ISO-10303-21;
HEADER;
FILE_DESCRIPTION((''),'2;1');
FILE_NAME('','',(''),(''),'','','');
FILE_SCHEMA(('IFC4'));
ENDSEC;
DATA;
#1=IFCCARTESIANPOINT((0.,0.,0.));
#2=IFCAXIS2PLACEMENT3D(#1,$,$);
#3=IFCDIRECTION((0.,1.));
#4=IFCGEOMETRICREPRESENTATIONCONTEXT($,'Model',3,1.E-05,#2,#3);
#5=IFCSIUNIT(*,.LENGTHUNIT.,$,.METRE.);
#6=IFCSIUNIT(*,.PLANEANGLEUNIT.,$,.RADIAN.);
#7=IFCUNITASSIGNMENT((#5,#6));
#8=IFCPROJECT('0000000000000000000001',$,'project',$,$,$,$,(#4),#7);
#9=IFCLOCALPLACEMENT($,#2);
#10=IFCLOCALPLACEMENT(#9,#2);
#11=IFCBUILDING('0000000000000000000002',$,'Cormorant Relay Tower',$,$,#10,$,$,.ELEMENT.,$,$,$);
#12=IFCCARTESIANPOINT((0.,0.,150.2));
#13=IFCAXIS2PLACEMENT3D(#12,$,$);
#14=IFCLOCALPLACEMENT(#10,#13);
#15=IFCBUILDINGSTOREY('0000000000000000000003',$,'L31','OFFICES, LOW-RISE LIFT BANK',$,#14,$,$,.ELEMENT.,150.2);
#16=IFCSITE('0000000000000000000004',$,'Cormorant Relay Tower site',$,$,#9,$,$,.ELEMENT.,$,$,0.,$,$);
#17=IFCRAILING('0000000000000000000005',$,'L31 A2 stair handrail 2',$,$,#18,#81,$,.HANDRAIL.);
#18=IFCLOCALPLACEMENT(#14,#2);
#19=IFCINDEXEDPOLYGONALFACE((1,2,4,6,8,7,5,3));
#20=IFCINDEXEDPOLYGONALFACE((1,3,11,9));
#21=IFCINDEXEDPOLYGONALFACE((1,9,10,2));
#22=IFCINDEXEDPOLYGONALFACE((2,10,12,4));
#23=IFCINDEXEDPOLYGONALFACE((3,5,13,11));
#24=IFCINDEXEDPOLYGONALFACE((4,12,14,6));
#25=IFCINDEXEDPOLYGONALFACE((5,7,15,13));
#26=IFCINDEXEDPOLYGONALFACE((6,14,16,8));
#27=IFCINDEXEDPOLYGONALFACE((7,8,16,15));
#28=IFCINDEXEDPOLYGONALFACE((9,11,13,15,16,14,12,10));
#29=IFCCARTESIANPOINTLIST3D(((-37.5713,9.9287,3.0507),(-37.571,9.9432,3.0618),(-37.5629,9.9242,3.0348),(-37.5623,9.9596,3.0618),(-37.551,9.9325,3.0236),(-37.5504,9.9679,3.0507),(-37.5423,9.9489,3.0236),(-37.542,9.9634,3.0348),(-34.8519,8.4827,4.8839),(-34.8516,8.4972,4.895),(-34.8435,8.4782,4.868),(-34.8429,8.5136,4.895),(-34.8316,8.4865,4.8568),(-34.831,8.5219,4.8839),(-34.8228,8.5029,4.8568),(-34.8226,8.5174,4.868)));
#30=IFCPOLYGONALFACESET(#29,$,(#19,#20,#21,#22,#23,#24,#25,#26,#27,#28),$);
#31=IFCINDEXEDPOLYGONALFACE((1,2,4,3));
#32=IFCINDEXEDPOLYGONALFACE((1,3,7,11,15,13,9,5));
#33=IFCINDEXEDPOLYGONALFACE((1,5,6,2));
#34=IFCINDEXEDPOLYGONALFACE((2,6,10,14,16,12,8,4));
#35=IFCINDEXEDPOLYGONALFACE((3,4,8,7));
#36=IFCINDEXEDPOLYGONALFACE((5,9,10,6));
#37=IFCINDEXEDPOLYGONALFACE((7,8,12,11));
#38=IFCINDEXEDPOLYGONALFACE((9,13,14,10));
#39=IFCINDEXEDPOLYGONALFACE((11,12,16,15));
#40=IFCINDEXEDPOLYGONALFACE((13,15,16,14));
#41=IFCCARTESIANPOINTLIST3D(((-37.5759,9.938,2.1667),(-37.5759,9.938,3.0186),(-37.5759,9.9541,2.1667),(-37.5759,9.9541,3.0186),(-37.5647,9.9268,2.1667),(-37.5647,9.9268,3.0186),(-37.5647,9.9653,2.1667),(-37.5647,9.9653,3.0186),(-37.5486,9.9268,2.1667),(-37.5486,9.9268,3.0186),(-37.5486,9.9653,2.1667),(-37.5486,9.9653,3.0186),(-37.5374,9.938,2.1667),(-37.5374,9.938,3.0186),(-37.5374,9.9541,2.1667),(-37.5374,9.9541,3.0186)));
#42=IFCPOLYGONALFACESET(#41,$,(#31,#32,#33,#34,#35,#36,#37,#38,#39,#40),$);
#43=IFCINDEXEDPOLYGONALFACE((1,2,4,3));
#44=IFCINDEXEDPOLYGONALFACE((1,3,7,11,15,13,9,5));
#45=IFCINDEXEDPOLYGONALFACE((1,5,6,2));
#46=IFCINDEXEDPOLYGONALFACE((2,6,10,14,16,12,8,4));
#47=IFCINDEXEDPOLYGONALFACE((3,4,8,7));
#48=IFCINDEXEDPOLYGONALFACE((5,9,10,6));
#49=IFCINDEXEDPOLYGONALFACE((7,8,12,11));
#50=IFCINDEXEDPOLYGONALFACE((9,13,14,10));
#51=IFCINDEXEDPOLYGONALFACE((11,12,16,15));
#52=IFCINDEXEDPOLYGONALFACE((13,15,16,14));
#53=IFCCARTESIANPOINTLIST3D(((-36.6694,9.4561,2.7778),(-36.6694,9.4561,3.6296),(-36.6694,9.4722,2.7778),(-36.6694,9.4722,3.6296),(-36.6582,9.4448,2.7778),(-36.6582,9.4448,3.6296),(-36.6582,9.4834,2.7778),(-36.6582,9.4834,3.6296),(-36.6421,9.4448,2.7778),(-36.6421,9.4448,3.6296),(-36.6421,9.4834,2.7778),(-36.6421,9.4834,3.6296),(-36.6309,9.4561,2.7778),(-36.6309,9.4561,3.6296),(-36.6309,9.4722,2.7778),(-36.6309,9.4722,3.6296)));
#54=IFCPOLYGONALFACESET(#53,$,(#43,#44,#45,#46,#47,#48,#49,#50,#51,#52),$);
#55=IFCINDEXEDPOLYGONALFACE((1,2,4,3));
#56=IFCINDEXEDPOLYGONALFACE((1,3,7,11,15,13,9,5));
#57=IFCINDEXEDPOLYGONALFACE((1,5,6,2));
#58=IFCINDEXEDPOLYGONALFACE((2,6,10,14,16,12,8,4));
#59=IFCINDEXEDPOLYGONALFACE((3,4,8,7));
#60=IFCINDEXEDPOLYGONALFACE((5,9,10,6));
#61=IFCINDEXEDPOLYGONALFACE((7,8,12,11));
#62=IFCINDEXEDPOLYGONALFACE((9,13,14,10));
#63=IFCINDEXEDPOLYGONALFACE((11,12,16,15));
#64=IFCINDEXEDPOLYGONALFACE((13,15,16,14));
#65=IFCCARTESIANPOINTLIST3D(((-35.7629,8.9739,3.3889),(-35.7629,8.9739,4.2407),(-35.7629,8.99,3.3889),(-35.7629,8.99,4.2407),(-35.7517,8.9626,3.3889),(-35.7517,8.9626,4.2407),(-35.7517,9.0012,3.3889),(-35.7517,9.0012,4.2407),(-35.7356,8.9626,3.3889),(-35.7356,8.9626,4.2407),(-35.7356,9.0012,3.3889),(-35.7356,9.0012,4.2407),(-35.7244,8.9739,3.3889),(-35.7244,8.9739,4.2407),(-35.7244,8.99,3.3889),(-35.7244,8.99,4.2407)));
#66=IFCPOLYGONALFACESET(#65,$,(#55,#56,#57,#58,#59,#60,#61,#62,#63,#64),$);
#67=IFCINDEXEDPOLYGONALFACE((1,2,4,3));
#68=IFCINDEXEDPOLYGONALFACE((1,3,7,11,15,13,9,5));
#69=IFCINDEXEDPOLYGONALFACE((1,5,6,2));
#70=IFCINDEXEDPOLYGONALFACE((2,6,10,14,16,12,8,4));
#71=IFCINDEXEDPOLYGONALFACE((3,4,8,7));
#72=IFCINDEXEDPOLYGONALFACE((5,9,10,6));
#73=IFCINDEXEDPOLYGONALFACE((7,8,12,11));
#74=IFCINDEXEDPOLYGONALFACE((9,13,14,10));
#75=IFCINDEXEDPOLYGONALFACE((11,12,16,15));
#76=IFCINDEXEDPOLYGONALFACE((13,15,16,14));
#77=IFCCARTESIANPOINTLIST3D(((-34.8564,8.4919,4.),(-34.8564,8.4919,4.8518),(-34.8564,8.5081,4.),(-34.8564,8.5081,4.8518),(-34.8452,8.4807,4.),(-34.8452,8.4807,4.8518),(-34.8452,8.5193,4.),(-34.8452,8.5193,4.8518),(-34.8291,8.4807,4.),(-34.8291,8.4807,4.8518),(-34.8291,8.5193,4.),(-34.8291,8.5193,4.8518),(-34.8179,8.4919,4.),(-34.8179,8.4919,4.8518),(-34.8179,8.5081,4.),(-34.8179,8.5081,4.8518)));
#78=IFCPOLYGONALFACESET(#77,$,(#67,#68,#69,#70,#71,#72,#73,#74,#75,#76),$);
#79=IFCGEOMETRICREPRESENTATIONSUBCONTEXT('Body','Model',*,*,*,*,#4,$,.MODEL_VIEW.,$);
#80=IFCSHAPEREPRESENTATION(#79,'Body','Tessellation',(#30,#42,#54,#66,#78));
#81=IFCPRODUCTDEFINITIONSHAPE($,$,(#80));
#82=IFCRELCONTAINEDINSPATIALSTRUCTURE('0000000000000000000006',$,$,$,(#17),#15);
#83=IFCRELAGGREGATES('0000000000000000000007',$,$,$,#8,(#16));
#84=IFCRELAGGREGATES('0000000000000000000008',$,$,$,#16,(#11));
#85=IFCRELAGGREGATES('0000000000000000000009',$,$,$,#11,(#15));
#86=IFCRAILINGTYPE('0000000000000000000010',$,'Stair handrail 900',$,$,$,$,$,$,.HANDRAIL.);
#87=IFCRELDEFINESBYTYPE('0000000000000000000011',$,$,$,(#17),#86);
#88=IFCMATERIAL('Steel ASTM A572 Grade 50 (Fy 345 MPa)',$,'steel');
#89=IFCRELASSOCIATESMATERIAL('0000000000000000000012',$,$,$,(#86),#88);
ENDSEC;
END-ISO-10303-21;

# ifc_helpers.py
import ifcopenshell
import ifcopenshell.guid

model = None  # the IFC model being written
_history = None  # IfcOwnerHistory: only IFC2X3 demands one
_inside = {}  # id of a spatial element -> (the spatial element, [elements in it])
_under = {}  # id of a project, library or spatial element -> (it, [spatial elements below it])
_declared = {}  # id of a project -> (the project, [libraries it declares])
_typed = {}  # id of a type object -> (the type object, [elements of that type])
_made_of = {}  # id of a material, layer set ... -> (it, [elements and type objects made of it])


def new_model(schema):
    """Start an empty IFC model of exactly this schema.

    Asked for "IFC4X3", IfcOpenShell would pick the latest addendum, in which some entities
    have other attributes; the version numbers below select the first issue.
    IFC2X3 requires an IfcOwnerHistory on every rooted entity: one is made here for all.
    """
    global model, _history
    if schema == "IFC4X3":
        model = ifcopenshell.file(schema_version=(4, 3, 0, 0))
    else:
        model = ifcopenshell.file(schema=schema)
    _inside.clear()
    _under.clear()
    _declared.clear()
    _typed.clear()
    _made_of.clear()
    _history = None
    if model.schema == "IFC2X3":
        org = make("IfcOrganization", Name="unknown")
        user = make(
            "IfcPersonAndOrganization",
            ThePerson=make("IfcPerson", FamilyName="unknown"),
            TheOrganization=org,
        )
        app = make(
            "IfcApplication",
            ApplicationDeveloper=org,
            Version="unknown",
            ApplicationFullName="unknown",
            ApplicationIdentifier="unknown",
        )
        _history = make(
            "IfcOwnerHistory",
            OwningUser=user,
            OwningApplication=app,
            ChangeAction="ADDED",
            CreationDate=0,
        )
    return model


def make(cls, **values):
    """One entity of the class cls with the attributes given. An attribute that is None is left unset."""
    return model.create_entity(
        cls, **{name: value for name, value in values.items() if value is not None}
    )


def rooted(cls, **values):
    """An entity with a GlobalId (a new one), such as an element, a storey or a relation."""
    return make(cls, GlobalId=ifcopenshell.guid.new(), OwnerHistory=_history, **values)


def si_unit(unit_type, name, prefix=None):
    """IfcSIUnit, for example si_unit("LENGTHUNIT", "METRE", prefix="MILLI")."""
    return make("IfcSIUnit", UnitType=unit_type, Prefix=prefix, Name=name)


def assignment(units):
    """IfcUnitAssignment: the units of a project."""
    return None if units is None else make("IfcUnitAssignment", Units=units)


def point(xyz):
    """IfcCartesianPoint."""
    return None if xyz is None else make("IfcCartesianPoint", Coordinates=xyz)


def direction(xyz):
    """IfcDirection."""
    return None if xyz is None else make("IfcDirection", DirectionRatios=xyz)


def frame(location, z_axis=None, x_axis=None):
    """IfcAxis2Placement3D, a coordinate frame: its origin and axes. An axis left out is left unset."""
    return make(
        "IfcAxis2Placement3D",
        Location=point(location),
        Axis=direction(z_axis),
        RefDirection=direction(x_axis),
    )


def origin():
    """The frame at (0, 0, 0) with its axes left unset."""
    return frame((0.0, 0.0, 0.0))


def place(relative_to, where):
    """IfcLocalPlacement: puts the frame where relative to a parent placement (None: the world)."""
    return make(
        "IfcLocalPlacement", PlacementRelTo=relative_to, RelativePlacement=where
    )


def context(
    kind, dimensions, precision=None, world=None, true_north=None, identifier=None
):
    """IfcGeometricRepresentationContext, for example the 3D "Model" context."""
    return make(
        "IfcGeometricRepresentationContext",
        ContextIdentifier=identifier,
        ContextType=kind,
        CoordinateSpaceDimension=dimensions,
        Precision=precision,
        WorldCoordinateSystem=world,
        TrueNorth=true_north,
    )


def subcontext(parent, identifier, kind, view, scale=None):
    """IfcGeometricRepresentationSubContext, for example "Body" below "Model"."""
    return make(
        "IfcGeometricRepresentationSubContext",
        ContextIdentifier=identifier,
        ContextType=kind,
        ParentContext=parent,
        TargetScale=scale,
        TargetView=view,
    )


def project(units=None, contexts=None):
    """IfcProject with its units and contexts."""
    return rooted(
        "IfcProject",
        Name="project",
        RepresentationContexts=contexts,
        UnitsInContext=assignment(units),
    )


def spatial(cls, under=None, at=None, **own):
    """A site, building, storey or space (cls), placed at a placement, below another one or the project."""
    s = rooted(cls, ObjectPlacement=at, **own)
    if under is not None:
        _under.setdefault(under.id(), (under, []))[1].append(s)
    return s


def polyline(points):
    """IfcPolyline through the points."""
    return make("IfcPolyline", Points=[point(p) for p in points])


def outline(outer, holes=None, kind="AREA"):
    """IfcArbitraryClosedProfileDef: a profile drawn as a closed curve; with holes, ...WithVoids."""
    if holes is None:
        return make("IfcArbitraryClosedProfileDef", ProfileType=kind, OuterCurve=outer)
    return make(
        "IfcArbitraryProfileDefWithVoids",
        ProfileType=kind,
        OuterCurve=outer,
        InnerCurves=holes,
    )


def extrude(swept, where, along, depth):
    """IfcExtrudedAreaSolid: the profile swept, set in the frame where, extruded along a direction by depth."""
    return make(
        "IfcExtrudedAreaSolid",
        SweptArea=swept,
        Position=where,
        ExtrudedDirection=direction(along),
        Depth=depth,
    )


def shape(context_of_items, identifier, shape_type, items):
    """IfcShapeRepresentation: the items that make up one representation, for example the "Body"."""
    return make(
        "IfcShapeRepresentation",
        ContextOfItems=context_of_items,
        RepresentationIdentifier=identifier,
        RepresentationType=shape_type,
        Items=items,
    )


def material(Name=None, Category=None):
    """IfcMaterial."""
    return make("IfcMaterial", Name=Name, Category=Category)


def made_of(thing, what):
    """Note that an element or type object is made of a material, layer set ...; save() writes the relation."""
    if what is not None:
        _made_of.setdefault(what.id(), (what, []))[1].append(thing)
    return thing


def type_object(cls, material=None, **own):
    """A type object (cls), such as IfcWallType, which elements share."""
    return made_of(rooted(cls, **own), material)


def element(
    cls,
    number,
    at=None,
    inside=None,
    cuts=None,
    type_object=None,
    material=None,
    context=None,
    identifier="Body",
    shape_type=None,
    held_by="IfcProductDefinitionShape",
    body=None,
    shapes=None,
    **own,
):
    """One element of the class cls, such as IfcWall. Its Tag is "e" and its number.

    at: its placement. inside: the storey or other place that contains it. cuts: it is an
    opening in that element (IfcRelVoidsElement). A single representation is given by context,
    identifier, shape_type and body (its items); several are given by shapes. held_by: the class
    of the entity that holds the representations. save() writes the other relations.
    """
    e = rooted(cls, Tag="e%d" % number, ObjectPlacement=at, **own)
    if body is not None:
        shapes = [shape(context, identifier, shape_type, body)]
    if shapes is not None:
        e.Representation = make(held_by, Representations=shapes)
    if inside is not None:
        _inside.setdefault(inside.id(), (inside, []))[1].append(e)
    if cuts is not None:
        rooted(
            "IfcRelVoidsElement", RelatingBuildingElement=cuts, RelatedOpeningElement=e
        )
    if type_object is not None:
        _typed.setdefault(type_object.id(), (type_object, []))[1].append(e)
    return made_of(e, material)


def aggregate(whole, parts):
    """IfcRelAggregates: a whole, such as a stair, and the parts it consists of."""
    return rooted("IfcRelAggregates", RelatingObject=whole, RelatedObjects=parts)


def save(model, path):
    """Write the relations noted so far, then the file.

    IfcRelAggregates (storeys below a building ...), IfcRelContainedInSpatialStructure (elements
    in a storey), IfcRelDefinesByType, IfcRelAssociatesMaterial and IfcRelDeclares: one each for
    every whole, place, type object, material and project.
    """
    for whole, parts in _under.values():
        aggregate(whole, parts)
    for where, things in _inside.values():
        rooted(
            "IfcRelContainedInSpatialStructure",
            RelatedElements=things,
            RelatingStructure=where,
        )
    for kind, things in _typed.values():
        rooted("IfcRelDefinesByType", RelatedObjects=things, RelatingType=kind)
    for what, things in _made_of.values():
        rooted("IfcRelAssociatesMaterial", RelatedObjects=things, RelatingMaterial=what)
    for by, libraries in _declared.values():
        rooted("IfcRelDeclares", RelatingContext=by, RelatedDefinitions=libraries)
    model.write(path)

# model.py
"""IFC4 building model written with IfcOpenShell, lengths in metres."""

from ifc_helpers import new_model, si_unit, direction, frame, origin, place, context, subcontext, project, spatial, polyline, outline, extrude, material, type_object, element, save


model = new_model("IFC4")

# Units and contexts
model_context = context("Model", 3, precision=1e-05, world=origin(), true_north=direction((0.0, 1.0)))
body_context = subcontext(model_context, "Body", "Model", "MODEL_VIEW")
ifc_project = project(units=[si_unit("LENGTHUNIT", "METRE"), si_unit("PLANEANGLEUNIT", "RADIAN")], contexts=[model_context])

# Site, building, storey
site_placement = place(None, origin())
site = spatial("IfcSite", under=ifc_project, at=site_placement, Name="Cormorant Relay Tower site", CompositionType="ELEMENT", RefElevation=0.0)
building_placement = place(site_placement, origin())
building = spatial("IfcBuilding", under=site, at=building_placement, Name="Cormorant Relay Tower", CompositionType="ELEMENT")
storey_placement = place(building_placement, frame((0.0, 0.0, 150.2)))
storey = spatial("IfcBuildingStorey", under=building, at=storey_placement, Name="L31", Description="OFFICES, LOW-RISE LIFT BANK", CompositionType="ELEMENT", Elevation=150.2)

# Railing
ifc_material_1 = material(Name="Steel ASTM A572 Grade 50 (Fy 345 MPa)", Category="steel")
railing_type_1 = type_object("IfcRailingType", Name="Stair handrail 900", PredefinedType="HANDRAIL", material=ifc_material_1)
railing_1_placement = place(storey_placement, frame((-37.5566, 9.946, 2.1667)))
element("IfcRailing", 1, at=railing_1_placement, inside=storey, type_object=railing_type_1, Name="L31 A2 stair handrail 2", PredefinedType="HANDRAIL", context=body_context, shape_type="SweptSolid", body=[
    extrude(outline(polyline([(0.0222, 0.0093), (0.0093, 0.0222), (-0.0093, 0.0222), (-0.0222, 0.0093), (-0.0222, -0.0093), (-0.0093, -0.0222), (0.0093, -0.0222), (0.0222, -0.0093), (0.0222, 0.0093)])), frame((0.0, 0.0, 0.876), z_axis=(0.758714, -0.403435, 0.511463), x_axis=(0.469489, 0.882938, 0.0)), (0.0, 0.0, 1.0), 3.5842),
    extrude(outline(polyline([(0.0193, 0.0081), (0.0081, 0.0193), (-0.0081, 0.0193), (-0.0193, 0.0081), (-0.0193, -0.0081), (-0.0081, -0.0193), (0.0081, -0.0193), (0.0193, -0.0081), (0.0193, 0.0081)])), origin(), (0.0, 0.0, 1.0), 0.8518),
    extrude(outline(polyline([(0.0193, 0.0081), (0.0081, 0.0193), (-0.0081, 0.0193), (-0.0193, 0.0081), (-0.0193, -0.0081), (-0.0081, -0.0193), (0.0081, -0.0193), (0.0193, -0.0081), (0.0193, 0.0081)])), frame((0.9065, -0.4819, 0.6111)), (0.0, 0.0, 1.0), 0.8518),
    extrude(outline(polyline([(0.0193, 0.0081), (0.0081, 0.0193), (-0.0081, 0.0193), (-0.0193, 0.0081), (-0.0193, -0.0081), (-0.0081, -0.0193), (0.0081, -0.0193), (0.0193, -0.0081), (0.0193, 0.0081)])), frame((1.813, -0.9641, 1.2222)), (0.0, 0.0, 1.0), 0.8518),
    extrude(outline(polyline([(0.0193, 0.0081), (0.0081, 0.0193), (-0.0081, 0.0193), (-0.0193, 0.0081), (-0.0193, -0.0081), (-0.0081, -0.0193), (0.0081, -0.0193), (0.0193, -0.0081), (0.0193, 0.0081)])), frame((2.7195, -1.446, 1.8333)), (0.0, 0.0, 1.0), 0.8518),
])

save(model, "model.ifc")
